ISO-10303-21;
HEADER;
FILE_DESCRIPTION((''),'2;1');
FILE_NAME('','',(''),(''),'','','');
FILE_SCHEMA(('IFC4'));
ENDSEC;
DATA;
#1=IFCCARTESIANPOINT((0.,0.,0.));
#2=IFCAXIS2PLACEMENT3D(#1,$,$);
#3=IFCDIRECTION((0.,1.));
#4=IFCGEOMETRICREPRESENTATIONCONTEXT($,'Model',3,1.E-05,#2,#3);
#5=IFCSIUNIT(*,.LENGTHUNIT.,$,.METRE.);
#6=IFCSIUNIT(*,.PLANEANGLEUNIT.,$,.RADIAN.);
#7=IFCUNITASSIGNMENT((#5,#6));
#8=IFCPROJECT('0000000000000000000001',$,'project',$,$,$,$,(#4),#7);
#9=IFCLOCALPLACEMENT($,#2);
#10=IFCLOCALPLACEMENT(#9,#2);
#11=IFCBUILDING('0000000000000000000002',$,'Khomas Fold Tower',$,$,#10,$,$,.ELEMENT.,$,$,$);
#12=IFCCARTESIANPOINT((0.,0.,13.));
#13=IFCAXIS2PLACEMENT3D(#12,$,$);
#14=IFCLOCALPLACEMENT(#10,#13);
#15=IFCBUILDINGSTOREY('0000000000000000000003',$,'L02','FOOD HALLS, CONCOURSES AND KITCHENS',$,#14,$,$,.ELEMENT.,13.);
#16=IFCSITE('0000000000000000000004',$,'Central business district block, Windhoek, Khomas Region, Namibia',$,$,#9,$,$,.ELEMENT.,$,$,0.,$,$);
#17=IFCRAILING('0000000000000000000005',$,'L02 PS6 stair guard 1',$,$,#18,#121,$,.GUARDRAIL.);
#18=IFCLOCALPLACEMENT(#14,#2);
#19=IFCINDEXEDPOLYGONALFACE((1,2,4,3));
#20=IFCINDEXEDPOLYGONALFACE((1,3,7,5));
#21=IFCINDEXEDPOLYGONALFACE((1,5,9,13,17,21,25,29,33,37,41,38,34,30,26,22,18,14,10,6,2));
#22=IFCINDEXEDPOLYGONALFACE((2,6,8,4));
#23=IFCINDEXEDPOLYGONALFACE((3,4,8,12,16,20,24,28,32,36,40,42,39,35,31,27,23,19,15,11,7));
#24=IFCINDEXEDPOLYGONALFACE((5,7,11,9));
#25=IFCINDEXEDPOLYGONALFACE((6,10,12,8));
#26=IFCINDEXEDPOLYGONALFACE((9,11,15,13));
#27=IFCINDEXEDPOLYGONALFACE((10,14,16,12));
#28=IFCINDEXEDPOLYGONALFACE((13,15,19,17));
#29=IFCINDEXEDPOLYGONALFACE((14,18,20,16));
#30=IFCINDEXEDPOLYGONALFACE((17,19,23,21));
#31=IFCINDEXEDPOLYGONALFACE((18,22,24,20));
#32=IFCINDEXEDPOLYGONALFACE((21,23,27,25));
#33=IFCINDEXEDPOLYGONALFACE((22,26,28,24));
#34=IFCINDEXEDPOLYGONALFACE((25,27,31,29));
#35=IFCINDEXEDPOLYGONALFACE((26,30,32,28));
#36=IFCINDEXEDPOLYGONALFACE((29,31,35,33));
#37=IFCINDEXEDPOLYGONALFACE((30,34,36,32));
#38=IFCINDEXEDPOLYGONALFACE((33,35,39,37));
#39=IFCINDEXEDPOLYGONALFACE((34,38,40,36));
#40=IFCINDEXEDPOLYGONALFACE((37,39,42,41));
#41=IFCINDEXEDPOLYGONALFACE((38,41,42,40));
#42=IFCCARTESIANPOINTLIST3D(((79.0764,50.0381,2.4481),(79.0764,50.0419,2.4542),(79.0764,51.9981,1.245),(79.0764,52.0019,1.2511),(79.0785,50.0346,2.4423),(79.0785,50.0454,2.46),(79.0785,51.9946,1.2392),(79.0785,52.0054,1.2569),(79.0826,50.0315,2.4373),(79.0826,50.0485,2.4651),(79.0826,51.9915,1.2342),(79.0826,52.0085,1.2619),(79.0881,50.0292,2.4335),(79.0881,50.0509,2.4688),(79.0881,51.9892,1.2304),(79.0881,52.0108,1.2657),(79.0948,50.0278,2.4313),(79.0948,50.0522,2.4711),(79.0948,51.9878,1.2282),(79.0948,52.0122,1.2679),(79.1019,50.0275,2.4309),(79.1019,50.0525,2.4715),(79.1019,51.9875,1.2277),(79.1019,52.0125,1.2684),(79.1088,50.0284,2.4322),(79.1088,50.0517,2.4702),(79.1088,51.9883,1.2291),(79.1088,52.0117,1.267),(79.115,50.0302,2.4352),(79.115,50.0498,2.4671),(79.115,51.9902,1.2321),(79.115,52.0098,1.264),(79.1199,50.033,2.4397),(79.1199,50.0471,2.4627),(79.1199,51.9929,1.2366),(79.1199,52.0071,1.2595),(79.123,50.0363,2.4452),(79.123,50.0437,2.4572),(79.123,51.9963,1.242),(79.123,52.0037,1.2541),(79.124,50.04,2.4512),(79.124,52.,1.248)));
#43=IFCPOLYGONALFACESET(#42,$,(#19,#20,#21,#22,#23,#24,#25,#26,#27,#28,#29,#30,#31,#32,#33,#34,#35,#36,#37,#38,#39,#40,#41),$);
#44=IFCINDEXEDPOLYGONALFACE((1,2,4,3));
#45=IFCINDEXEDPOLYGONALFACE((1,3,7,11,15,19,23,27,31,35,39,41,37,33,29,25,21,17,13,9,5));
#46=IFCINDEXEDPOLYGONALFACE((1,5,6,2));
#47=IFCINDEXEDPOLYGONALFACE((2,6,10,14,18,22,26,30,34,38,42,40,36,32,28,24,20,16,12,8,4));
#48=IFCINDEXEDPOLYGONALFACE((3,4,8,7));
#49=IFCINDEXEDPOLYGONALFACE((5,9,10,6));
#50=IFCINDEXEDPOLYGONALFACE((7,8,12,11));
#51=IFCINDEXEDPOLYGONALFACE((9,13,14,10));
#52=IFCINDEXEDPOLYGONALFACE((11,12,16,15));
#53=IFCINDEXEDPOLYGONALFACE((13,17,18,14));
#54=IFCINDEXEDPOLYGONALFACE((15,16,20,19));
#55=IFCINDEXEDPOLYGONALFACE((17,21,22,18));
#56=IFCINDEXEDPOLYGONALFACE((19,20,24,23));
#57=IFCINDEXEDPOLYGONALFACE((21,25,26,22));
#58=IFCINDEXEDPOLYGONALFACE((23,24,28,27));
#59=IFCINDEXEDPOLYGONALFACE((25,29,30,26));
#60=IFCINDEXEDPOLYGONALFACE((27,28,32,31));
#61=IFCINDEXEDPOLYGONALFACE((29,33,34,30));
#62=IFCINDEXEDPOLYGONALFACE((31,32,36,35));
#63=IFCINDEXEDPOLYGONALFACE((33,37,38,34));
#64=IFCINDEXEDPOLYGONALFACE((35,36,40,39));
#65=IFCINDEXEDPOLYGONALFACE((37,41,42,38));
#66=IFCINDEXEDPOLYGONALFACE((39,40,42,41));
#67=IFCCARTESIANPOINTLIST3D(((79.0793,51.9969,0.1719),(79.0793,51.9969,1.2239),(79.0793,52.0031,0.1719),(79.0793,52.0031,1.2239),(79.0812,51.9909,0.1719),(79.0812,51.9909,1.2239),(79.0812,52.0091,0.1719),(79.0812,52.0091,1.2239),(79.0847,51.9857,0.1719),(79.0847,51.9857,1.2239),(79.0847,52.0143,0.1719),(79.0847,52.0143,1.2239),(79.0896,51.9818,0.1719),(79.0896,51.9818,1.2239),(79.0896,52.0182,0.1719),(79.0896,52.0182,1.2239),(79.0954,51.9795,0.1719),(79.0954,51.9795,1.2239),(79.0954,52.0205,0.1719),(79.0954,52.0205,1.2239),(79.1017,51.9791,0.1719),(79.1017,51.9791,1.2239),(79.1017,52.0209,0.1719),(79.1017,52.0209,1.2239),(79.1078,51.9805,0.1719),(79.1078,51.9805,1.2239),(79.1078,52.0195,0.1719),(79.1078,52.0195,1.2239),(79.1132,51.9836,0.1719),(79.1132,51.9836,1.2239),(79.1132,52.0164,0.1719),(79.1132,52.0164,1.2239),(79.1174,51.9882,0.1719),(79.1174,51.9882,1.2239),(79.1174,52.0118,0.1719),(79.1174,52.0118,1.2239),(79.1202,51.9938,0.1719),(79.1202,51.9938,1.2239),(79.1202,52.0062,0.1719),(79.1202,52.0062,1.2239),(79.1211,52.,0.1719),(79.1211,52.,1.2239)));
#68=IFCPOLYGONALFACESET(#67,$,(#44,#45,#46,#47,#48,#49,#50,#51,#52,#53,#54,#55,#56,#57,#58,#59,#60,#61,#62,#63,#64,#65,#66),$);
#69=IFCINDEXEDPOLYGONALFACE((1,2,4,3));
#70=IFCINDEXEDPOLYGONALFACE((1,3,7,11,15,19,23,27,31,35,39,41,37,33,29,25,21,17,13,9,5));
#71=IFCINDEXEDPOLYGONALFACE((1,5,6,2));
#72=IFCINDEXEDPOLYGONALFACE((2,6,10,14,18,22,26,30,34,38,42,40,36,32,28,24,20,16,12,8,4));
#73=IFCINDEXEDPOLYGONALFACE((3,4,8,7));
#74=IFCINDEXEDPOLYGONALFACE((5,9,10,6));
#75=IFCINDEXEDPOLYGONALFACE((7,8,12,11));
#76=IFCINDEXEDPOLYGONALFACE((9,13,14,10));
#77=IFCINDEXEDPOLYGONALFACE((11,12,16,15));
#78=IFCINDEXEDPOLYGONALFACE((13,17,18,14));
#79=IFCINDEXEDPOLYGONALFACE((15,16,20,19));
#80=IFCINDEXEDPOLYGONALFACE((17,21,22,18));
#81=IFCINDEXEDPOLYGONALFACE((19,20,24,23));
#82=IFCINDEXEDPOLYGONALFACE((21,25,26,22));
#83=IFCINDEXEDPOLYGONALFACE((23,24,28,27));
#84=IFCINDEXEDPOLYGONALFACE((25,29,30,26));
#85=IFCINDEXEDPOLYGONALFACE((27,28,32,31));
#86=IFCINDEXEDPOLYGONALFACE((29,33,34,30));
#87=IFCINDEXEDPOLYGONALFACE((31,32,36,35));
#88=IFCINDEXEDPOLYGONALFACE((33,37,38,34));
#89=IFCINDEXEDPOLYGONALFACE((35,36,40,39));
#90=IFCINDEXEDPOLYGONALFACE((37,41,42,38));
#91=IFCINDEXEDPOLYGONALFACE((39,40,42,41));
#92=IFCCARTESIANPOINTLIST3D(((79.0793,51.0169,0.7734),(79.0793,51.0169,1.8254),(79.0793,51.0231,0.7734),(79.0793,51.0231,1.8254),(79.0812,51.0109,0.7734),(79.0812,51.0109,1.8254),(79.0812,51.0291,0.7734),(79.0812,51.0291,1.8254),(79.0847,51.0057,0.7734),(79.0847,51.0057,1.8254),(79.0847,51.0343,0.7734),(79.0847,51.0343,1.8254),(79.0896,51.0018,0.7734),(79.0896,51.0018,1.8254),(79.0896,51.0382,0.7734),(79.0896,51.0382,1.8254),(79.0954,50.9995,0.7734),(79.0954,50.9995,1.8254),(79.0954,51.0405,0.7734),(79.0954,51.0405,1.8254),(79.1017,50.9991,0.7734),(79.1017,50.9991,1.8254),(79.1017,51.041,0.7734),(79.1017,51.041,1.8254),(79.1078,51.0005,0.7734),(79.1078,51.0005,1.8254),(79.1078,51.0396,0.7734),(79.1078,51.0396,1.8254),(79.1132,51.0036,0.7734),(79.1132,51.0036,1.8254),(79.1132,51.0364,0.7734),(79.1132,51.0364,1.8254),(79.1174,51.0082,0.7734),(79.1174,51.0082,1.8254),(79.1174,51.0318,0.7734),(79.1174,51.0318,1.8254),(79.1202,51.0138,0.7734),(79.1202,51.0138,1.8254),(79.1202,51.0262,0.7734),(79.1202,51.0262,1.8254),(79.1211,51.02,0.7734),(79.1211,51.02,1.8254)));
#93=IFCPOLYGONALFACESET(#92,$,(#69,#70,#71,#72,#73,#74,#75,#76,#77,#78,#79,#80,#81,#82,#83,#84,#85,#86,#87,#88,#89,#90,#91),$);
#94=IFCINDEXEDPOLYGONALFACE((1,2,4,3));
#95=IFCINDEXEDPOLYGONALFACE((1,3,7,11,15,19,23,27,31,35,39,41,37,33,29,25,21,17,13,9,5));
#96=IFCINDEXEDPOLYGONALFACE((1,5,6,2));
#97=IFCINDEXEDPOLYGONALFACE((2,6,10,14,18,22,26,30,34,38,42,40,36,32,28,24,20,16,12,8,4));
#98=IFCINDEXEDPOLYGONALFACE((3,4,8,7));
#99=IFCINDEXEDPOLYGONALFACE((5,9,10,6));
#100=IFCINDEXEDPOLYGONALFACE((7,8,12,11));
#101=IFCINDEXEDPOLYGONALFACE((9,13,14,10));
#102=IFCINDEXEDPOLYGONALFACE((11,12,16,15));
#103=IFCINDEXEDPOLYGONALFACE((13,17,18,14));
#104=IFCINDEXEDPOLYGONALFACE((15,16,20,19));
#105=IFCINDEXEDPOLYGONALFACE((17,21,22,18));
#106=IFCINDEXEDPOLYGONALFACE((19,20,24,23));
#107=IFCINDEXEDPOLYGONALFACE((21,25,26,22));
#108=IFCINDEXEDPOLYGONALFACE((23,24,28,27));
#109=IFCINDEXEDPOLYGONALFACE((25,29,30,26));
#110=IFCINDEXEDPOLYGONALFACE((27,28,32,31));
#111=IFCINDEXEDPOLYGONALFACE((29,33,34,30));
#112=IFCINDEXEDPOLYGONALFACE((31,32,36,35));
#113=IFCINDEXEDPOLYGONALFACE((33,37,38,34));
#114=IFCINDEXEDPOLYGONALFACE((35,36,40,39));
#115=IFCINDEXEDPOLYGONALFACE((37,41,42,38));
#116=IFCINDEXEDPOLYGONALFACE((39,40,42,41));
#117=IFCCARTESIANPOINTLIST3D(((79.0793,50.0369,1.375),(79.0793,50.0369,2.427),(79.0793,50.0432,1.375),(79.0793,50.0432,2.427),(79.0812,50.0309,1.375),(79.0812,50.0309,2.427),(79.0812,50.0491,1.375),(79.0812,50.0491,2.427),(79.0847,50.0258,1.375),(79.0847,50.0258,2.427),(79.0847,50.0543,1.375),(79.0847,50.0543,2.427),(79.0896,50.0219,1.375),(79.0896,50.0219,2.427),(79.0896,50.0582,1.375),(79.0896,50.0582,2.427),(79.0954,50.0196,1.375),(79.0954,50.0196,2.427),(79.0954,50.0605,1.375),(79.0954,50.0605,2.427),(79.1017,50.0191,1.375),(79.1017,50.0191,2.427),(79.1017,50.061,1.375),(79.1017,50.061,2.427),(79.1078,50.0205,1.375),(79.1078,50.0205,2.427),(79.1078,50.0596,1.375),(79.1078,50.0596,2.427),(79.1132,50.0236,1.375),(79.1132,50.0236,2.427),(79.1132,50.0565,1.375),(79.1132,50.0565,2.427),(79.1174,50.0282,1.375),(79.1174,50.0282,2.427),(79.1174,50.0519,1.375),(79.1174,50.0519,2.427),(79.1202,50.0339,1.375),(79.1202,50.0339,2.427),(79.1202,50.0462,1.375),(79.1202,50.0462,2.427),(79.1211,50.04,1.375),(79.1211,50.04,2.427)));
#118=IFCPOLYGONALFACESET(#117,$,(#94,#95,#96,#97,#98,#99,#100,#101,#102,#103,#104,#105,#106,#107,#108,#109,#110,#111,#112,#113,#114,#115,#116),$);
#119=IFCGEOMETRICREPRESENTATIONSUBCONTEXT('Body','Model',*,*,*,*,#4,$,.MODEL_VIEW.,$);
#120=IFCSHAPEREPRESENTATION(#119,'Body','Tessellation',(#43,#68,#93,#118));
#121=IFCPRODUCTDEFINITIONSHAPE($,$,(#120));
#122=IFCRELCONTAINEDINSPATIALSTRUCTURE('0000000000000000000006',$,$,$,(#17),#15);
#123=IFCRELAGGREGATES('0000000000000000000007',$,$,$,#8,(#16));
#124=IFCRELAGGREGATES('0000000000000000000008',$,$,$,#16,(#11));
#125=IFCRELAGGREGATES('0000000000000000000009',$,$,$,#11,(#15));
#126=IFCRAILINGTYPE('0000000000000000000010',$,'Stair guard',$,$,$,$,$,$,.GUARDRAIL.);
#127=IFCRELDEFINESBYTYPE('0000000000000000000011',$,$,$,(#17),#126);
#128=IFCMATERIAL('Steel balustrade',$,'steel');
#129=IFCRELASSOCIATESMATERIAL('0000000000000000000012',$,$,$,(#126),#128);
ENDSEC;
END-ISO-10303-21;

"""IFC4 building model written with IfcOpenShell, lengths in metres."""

from ifc_helpers import new_model, si_unit, direction, frame, origin, origin_2d, place, context, subcontext, project, spatial, circle, extrude, source, transform, mapped, material, type_object, element, save


model = new_model("IFC4")

# Units and contexts
model_context = context("Model", 3, precision=1e-05, world=origin(), true_north=direction((0.0, 1.0)))
body_context = subcontext(model_context, "Body", "Model", "MODEL_VIEW")
ifc_project = project(units=[si_unit("LENGTHUNIT", "METRE"), si_unit("PLANEANGLEUNIT", "RADIAN")], contexts=[model_context])

# Site, building, storey
site_placement = place(None, origin())
site = spatial("IfcSite", under=ifc_project, at=site_placement, Name="Central business district block, Windhoek, Khomas Region, Namibia", CompositionType="ELEMENT", RefElevation=0.0)
building_placement = place(site_placement, origin())
building = spatial("IfcBuilding", under=site, at=building_placement, Name="Khomas Fold Tower", CompositionType="ELEMENT")
storey_placement = place(building_placement, frame((0.0, 0.0, 13.0)))
storey = spatial("IfcBuildingStorey", under=building, at=storey_placement, Name="L02", Description="FOOD HALLS, CONCOURSES AND KITCHENS", CompositionType="ELEMENT", Elevation=13.0)

# Railing
ifc_material_1 = material(Name="Steel balustrade", Category="steel")
railing_type_1 = type_object("IfcRailingType", Name="Stair guard", PredefinedType="GUARDRAIL", material=ifc_material_1)
shared_shape_1 = source(origin(), body_context, "Body", "SweptSolid", [
    extrude(circle(Radius=0.0239, at=origin_2d()), frame((0.0, 0.0, 1.0762), z_axis=(0.0, -0.852241, 0.523149), x_axis=(1.0, 0.0, 0.0)), (0.0, 0.0, 1.0), 2.2998),
    extrude(circle(Radius=0.021, at=origin_2d()), origin(), (0.0, 0.0, 1.0), 1.052),
    extrude(circle(Radius=0.021, at=origin_2d()), frame((0.0, -0.98, 0.6016)), (0.0, 0.0, 1.0), 1.052),
    extrude(circle(Radius=0.021, at=origin_2d()), frame((0.0, -1.96, 1.2031)), (0.0, 0.0, 1.0), 1.052),
])
for number, where, name in (
    (1, (79.1001, 52.0, 0.1719), "L02 PS6 stair guard 1"),
):
    element("IfcRailing", number, at=place(storey_placement, frame(where)), inside=storey, type_object=railing_type_1, Name=name, PredefinedType="GUARDRAIL", context=body_context, shape_type="MappedRepresentation", body=[
        mapped(shared_shape_1, transform((0.0, 0.0, 0.0))),
    ])

save(model, "model.ifc")
